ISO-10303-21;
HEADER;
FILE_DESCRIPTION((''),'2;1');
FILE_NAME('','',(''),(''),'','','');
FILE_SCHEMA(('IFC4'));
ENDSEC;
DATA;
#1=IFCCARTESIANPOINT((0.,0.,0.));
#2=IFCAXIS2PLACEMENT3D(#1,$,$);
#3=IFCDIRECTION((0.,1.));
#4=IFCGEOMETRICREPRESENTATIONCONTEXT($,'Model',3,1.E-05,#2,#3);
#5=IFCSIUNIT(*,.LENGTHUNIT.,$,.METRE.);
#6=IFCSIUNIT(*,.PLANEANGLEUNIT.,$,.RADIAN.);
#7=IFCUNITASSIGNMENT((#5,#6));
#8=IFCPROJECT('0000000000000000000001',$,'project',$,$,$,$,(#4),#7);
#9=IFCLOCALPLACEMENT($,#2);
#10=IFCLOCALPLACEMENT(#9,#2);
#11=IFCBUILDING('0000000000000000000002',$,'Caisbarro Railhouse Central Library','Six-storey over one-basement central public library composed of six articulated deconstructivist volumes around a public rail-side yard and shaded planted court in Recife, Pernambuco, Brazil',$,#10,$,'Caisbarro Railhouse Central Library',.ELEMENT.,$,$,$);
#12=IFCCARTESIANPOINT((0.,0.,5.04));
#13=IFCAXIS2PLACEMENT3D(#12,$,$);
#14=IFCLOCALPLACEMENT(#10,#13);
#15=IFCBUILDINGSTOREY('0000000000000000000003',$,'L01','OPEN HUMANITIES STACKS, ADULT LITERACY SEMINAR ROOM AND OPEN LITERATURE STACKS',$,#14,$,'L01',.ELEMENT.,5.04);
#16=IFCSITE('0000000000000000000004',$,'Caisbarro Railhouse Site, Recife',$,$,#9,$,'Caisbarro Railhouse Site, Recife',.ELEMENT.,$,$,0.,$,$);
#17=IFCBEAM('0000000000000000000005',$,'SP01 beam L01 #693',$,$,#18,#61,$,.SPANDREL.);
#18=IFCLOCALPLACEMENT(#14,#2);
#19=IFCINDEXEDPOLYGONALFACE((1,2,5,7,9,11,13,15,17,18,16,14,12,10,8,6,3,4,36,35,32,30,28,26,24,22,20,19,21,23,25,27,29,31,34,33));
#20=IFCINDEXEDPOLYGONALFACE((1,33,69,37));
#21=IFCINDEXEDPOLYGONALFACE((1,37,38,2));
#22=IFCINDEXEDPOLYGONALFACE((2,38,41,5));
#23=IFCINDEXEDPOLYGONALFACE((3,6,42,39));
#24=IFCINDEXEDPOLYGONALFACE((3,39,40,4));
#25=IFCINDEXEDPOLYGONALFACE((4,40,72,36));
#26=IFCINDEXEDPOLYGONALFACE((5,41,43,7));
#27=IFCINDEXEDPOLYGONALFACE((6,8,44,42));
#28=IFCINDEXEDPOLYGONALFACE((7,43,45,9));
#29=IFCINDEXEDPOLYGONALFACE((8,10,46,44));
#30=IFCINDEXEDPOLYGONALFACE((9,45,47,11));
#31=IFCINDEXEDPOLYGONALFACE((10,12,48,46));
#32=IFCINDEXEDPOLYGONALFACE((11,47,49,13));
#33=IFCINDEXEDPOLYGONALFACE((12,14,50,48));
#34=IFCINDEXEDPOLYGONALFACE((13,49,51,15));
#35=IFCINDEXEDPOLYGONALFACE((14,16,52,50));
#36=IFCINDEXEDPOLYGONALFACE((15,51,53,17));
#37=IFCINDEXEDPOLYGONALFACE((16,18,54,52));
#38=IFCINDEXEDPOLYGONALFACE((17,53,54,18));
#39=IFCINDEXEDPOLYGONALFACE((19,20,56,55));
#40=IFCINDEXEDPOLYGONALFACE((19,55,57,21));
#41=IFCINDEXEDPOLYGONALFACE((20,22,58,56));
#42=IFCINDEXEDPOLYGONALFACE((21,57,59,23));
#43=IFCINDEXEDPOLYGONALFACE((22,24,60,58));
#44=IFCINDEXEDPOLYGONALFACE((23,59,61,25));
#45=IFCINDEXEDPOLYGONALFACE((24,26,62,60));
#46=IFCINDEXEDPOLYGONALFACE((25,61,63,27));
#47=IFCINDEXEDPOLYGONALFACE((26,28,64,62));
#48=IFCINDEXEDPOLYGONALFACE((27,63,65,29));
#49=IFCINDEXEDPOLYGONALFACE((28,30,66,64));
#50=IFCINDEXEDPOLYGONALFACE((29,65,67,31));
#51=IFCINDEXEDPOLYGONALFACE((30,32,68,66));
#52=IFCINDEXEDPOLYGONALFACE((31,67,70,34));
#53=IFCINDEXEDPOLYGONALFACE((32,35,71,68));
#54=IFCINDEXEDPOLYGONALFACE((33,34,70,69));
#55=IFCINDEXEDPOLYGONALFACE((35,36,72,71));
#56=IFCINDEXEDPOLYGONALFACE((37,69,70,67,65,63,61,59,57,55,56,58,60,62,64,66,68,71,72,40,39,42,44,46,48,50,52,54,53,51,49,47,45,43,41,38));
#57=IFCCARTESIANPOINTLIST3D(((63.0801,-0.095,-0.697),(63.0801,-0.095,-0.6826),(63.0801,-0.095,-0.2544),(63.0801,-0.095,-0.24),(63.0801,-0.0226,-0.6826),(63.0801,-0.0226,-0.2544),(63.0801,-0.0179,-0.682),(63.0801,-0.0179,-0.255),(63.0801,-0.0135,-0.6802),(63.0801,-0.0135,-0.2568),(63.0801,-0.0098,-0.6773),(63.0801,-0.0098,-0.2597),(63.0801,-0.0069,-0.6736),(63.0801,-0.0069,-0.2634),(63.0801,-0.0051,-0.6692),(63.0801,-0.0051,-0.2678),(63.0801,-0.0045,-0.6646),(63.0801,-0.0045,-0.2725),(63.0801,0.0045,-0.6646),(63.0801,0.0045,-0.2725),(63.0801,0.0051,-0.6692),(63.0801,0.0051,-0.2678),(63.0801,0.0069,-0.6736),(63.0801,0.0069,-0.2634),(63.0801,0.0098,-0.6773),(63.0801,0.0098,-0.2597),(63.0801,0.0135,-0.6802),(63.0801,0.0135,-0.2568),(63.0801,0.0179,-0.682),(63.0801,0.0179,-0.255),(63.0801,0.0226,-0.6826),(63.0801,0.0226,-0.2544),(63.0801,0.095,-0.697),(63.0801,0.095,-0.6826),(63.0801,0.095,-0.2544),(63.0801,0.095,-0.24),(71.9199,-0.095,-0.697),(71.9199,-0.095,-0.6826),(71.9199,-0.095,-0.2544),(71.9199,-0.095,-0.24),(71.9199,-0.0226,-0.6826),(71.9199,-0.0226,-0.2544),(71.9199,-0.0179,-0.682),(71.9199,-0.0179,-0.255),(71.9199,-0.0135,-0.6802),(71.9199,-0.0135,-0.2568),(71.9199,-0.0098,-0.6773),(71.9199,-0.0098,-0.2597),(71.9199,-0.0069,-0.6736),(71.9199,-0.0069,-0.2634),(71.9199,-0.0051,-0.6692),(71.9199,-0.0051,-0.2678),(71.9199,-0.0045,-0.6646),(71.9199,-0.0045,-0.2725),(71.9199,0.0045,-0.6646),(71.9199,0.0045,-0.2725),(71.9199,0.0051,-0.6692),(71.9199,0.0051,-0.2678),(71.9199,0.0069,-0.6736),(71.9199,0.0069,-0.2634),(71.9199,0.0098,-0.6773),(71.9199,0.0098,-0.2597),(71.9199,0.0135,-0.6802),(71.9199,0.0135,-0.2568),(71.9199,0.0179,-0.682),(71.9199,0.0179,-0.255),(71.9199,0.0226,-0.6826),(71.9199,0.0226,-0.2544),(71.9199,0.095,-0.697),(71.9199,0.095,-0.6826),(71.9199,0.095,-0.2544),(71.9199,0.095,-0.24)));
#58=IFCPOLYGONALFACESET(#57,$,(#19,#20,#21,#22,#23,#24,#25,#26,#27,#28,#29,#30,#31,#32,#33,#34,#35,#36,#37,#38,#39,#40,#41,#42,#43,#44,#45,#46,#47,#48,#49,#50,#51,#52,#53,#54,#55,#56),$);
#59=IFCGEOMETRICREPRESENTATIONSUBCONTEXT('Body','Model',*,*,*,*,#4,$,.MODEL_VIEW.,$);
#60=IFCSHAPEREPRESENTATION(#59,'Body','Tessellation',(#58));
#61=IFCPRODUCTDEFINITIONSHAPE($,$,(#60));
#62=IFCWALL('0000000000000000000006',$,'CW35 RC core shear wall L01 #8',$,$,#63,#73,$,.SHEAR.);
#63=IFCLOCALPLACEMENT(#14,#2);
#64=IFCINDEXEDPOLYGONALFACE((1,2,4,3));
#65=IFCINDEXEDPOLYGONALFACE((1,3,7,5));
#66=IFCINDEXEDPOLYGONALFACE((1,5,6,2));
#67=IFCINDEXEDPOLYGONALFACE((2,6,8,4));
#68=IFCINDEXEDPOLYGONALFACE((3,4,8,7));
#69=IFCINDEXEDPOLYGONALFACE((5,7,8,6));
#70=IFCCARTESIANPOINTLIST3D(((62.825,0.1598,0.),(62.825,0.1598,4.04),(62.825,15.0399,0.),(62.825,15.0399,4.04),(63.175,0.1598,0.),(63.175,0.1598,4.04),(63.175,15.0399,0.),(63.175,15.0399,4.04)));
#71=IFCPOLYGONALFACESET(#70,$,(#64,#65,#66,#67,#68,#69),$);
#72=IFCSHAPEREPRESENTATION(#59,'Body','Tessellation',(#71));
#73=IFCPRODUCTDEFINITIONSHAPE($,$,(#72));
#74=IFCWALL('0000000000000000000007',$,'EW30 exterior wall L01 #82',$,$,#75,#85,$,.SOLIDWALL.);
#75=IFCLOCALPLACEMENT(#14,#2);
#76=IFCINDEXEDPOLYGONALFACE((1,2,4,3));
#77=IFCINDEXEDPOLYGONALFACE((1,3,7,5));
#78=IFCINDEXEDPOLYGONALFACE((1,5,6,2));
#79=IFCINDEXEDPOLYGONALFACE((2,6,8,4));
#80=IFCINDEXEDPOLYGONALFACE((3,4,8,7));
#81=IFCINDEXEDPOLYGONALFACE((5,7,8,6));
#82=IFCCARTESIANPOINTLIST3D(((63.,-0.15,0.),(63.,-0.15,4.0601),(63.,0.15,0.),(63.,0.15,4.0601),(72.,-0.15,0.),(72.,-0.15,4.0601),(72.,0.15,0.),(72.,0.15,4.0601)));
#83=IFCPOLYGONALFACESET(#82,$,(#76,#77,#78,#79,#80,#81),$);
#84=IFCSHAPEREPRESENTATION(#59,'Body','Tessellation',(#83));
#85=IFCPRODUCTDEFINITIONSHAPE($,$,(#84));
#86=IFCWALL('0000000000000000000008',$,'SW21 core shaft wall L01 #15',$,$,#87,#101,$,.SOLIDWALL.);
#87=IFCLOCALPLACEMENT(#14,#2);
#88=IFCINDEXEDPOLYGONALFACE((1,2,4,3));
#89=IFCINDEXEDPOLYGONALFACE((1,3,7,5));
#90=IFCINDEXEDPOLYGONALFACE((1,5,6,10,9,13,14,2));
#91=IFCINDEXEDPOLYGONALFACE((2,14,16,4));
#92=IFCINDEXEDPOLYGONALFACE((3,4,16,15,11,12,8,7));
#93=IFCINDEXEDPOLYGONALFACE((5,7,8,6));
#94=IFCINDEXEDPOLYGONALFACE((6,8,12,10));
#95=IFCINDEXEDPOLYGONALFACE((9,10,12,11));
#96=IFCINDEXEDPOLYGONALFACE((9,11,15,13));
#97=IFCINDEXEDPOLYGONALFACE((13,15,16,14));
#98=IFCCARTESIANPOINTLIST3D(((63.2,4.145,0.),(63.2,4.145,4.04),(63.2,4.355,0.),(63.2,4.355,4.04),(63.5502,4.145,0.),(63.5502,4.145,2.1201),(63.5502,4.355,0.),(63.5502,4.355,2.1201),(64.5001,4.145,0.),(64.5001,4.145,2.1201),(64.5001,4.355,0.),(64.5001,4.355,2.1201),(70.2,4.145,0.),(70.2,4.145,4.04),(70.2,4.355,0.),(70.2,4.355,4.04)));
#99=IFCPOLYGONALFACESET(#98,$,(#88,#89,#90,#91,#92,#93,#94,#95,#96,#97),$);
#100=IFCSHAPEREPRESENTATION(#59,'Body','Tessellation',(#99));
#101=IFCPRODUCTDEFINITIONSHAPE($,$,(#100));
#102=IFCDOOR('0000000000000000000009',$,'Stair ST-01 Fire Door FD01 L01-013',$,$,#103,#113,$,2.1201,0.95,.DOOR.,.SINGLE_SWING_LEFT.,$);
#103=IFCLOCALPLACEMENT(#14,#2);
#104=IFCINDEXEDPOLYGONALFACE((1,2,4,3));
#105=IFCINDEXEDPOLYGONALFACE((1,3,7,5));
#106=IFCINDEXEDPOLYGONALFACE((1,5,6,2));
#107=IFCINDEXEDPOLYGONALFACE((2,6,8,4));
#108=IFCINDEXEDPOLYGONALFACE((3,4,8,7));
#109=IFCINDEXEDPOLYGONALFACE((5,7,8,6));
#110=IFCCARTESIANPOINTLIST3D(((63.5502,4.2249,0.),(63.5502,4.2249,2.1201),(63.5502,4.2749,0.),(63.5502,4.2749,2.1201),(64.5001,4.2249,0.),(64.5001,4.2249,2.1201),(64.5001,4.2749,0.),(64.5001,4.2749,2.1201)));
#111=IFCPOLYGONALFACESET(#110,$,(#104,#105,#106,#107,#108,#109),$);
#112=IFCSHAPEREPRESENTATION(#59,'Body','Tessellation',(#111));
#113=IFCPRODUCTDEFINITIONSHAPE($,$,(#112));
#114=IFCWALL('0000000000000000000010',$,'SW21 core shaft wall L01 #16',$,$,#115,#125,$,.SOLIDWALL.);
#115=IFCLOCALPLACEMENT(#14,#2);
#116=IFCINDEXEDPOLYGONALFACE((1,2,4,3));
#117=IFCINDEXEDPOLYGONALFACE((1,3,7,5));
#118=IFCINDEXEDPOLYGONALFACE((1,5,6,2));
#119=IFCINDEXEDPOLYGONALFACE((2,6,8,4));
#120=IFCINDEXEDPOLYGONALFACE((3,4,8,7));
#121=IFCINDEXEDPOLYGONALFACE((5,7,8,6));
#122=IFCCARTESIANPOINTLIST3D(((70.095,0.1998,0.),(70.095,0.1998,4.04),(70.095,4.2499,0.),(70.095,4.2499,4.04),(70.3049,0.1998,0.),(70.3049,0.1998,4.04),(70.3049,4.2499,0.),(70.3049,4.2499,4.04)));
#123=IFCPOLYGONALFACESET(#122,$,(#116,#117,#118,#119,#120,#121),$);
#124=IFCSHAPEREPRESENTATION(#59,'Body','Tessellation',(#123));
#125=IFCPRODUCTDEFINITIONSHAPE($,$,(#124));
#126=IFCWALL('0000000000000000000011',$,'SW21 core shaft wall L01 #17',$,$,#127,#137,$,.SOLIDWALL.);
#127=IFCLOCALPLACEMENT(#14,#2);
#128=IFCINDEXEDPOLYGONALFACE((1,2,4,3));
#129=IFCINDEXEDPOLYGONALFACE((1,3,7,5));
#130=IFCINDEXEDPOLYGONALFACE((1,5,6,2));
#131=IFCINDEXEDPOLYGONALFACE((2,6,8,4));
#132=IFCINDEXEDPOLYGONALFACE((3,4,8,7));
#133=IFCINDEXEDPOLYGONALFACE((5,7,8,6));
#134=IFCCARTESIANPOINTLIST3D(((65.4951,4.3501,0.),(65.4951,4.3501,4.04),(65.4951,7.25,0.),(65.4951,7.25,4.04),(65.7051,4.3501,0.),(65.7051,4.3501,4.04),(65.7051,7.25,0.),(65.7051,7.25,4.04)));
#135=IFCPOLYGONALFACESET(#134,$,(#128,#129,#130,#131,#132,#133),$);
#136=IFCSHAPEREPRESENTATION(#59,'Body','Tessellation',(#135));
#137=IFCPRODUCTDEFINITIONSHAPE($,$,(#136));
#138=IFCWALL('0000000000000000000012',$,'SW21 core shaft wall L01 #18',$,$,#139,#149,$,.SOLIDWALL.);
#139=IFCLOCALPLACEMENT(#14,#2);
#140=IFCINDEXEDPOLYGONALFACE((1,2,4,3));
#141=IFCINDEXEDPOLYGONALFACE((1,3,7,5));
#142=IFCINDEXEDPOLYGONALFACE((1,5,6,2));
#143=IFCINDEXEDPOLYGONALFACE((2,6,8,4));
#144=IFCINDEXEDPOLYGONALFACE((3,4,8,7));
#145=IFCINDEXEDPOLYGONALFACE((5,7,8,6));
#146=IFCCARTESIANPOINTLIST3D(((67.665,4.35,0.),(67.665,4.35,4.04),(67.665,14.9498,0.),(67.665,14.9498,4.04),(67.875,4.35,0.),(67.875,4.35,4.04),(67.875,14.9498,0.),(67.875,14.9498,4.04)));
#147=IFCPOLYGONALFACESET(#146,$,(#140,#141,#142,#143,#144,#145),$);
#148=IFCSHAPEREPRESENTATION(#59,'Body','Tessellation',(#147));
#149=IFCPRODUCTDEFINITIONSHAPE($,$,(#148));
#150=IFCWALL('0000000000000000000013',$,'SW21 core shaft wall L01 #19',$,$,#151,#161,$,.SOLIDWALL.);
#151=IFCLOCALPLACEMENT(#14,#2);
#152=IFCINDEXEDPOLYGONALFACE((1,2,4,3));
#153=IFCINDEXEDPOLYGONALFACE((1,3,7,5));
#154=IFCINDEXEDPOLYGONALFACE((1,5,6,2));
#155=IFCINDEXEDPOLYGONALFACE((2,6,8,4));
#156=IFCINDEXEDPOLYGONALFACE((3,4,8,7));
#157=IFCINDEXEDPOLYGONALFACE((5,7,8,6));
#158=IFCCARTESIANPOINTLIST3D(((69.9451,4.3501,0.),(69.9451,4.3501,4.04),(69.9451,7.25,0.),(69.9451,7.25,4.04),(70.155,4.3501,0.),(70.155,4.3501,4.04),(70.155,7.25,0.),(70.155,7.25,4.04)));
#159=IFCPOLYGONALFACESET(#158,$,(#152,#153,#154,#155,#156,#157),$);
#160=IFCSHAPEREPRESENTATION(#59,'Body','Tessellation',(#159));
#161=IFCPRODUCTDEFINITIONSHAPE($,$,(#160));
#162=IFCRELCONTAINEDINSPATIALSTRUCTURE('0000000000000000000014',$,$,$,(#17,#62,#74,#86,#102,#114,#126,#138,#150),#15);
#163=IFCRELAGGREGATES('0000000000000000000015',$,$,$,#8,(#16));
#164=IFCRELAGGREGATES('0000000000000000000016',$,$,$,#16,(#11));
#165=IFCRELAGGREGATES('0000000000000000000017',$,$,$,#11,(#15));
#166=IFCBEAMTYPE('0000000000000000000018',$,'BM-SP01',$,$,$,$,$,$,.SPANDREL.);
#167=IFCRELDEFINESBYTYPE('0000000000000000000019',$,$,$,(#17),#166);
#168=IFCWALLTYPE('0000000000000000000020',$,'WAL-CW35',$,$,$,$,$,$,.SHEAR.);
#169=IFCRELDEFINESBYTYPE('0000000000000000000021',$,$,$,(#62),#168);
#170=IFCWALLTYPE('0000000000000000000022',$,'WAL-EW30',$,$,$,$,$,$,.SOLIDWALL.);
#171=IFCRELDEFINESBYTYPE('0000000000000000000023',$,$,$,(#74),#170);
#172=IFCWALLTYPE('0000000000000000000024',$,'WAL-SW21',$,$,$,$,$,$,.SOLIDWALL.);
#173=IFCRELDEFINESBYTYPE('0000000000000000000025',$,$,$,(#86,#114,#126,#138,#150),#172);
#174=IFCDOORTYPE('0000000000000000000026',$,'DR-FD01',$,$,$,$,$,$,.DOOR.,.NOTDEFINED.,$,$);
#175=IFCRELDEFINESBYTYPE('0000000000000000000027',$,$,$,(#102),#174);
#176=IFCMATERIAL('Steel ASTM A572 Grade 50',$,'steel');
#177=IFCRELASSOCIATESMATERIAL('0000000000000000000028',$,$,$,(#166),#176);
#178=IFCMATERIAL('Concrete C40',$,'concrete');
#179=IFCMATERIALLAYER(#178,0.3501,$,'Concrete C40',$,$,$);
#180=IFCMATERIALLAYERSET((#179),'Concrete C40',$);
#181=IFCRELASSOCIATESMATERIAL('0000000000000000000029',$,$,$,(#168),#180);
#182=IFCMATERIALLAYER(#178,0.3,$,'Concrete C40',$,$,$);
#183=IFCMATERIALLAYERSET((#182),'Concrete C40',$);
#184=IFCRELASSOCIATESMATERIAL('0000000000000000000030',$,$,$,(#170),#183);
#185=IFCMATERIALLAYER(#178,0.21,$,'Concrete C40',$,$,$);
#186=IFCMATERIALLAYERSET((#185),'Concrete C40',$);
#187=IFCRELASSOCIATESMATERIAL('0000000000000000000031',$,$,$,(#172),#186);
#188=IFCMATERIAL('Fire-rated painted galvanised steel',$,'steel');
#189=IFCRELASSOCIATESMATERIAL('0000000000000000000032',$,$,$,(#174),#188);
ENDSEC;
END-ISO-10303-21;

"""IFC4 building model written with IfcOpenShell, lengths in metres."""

from ifc_helpers import new_model, si_unit, direction, frame, frame_2d, origin, origin_2d, place, context, subcontext, project, spatial, rectangle, i_section, extrude, material, layer, layer_set, material_profile, profile_set, type_object, element, fill, save


model = new_model("IFC4")

# Units and contexts
model_context = context("Model", 3, precision=1e-05, world=origin(), true_north=direction((0.0, 1.0)))
body_context = subcontext(model_context, "Body", "Model", "MODEL_VIEW")
ifc_project = project(units=[si_unit("LENGTHUNIT", "METRE"), si_unit("PLANEANGLEUNIT", "RADIAN")], contexts=[model_context])

# Site, building, storey
site_placement = place(None, origin())
site = spatial("IfcSite", under=ifc_project, at=site_placement, Name="Caisbarro Railhouse Site, Recife", LongName="Caisbarro Railhouse Site, Recife", CompositionType="ELEMENT", RefElevation=0.0)
building_placement = place(site_placement, origin())
building = spatial("IfcBuilding", under=site, at=building_placement, Name="Caisbarro Railhouse Central Library", Description="Six-storey over one-basement central public library composed of six articulated deconstructivist volumes around a public rail-side yard and shaded planted court in Recife, Pernambuco, Brazil", LongName="Caisbarro Railhouse Central Library", CompositionType="ELEMENT")
storey_placement = place(building_placement, frame((0.0, 0.0, 5.04)))
storey = spatial("IfcBuildingStorey", under=building, at=storey_placement, Name="L01", Description="OPEN HUMANITIES STACKS, ADULT LITERACY SEMINAR ROOM AND OPEN LITERATURE STACKS", LongName="L01", CompositionType="ELEMENT", Elevation=5.04)

# Shared definitions
ifc_material_1 = material(Name="Steel ASTM A572 Grade 50", Category="steel")

# Beam
ifc_material_profile_1 = material_profile(ifc_material_1, i_section(OverallWidth=0.1899, OverallDepth=0.457, WebThickness=0.009, FlangeThickness=0.0144, FilletRadius=0.0181, at=origin_2d()), Name="W460X74.0")
ifc_profile_set_1 = profile_set([ifc_material_profile_1], Name="Steel ASTM A572 Grade 50")
beam_type_1 = type_object("IfcBeamType", Name="BM-SP01", PredefinedType="SPANDREL", material=ifc_profile_set_1)
for number, where, z_axis, x_axis, name in (
    (1, (63.0801, 0.0, -0.4685), (1.0, 0.0, 0.0), (0.0, 1.0, 0.0), "SP01 beam L01 #693"),
):
    element("IfcBeam", number, at=place(storey_placement, frame(where, z_axis=z_axis, x_axis=x_axis)), inside=storey, type_object=beam_type_1, Name=name, PredefinedType="SPANDREL", context=body_context, shape_type="SweptSolid", body=[
        extrude(i_section(OverallWidth=0.1899, OverallDepth=0.457, WebThickness=0.009, FlangeThickness=0.0144, FilletRadius=0.0181, at=origin_2d()), origin(), (0.0, 0.0, 1.0), 8.8398),
    ])

# Walls
ifc_material_2 = material(Name="Concrete C40", Category="concrete")
ifc_layer_1 = layer(ifc_material_2, 0.3501, Name="Concrete C40")
ifc_layer_set_1 = layer_set([ifc_layer_1], Name="Concrete C40")
wall_type_1 = type_object("IfcWallType", Name="WAL-CW35", PredefinedType="SHEAR", material=ifc_layer_set_1)
wall_1_placement = place(storey_placement, frame((63.0, 0.1599, 0.0), z_axis=(0.0, 0.0, 1.0), x_axis=(0.0, 1.0, 0.0)))
element("IfcWall", 2, at=wall_1_placement, inside=storey, type_object=wall_type_1, Name="CW35 RC core shear wall L01 #8", PredefinedType="SHEAR", context=body_context, shape_type="SweptSolid", body=[
    extrude(rectangle(XDim=14.8801, YDim=0.3501, at=frame_2d((7.4399, 0.0))), origin(), (0.0, 0.0, 1.0), 4.04),
])
ifc_layer_2 = layer(ifc_material_2, 0.3, Name="Concrete C40")
ifc_layer_set_2 = layer_set([ifc_layer_2], Name="Concrete C40")
wall_type_2 = type_object("IfcWallType", Name="WAL-EW30", PredefinedType="SOLIDWALL", material=ifc_layer_set_2)
wall_2_placement = place(storey_placement, frame((63.0, 0.0, 0.0), z_axis=(0.0, 0.0, 1.0), x_axis=(1.0, 0.0, 0.0)))
element("IfcWall", 3, at=wall_2_placement, inside=storey, type_object=wall_type_2, Name="EW30 exterior wall L01 #82", PredefinedType="SOLIDWALL", context=body_context, shape_type="SweptSolid", body=[
    extrude(rectangle(XDim=9.0, YDim=0.3, at=frame_2d((4.5, 0.0))), origin(), (0.0, 0.0, 1.0), 4.0601),
])

# Wall, opening, door
ifc_layer_3 = layer(ifc_material_2, 0.21, Name="Concrete C40")
ifc_layer_set_3 = layer_set([ifc_layer_3], Name="Concrete C40")
wall_type_3 = type_object("IfcWallType", Name="WAL-SW21", PredefinedType="SOLIDWALL", material=ifc_layer_set_3)
wall_3_placement = place(storey_placement, frame((63.2, 4.25, 0.0), z_axis=(0.0, 0.0, 1.0), x_axis=(1.0, 0.0, 0.0)))
wall_3 = element("IfcWall", 4, at=wall_3_placement, inside=storey, type_object=wall_type_3, Name="SW21 core shaft wall L01 #15", PredefinedType="SOLIDWALL", context=body_context, shape_type="SweptSolid", body=[
    extrude(rectangle(XDim=7.0, YDim=0.21, at=frame_2d((3.5, 0.0))), origin(), (0.0, 0.0, 1.0), 4.04),
])
opening_1_placement = place(wall_3_placement, frame((0.3501, 0.0, 0.0)))
opening_1 = element("IfcOpeningElement", 5, at=opening_1_placement, cuts=wall_3, PredefinedType="OPENING", context=body_context, shape_type="SweptSolid", body=[
    extrude(rectangle(XDim=0.95, YDim=2.1201, at=frame_2d((0.4751, 1.0601))), frame((0.0, 0.115, 0.0), z_axis=(0.0, -1.0, 0.0), x_axis=(1.0, 0.0, 0.0)), (0.0, 0.0, 1.0), 0.23),
])
ifc_material_3 = material(Name="Fire-rated painted galvanised steel", Category="steel")
door_type_1 = type_object("IfcDoorType", Name="DR-FD01", OperationType="NOTDEFINED", PredefinedType="DOOR", material=ifc_material_3)
door_1_placement = place(opening_1_placement, origin())
door_1 = element("IfcDoor", 6, at=door_1_placement, inside=storey, type_object=door_type_1, Name="Stair ST-01 Fire Door FD01 L01-013", OperationType="SINGLE_SWING_LEFT", OverallHeight=2.1201, OverallWidth=0.95, PredefinedType="DOOR", context=body_context, shape_type="SweptSolid", body=[
    extrude(rectangle(XDim=0.95, YDim=2.1201, at=frame_2d((0.4751, 1.0601))), frame((0.0, 0.0249, 0.0), z_axis=(0.0, -1.0, 0.0), x_axis=(1.0, 0.0, 0.0)), (0.0, 0.0, 1.0), 0.05),
])
fill(opening_1, door_1)

# Walls
wall_4_placement = place(storey_placement, frame((70.2, 0.2, 0.0), z_axis=(0.0, 0.0, 1.0), x_axis=(0.0, 1.0, 0.0)))
element("IfcWall", 7, at=wall_4_placement, inside=storey, type_object=wall_type_3, Name="SW21 core shaft wall L01 #16", PredefinedType="SOLIDWALL", context=body_context, shape_type="SweptSolid", body=[
    extrude(rectangle(XDim=4.05, YDim=0.21, at=frame_2d((2.0249, 0.0))), origin(), (0.0, 0.0, 1.0), 4.04),
])
wall_5_placement = place(storey_placement, frame((65.6001, 4.3501, 0.0), z_axis=(0.0, 0.0, 1.0), x_axis=(0.0, 1.0, 0.0)))
element("IfcWall", 8, at=wall_5_placement, inside=storey, type_object=wall_type_3, Name="SW21 core shaft wall L01 #17", PredefinedType="SOLIDWALL", context=body_context, shape_type="SweptSolid", body=[
    extrude(rectangle(XDim=2.8999, YDim=0.21, at=frame_2d((1.45, 0.0))), origin(), (0.0, 0.0, 1.0), 4.04),
])
wall_6_placement = place(storey_placement, frame((67.77, 4.3501, 0.0), z_axis=(0.0, 0.0, 1.0), x_axis=(0.0, 1.0, 0.0)))
element("IfcWall", 9, at=wall_6_placement, inside=storey, type_object=wall_type_3, Name="SW21 core shaft wall L01 #18", PredefinedType="SOLIDWALL", context=body_context, shape_type="SweptSolid", body=[
    extrude(rectangle(XDim=10.5999, YDim=0.21, at=frame_2d((5.2998, 0.0))), origin(), (0.0, 0.0, 1.0), 4.04),
])
wall_7_placement = place(storey_placement, frame((70.05, 4.3501, 0.0), z_axis=(0.0, 0.0, 1.0), x_axis=(0.0, 1.0, 0.0)))
element("IfcWall", 10, at=wall_7_placement, inside=storey, type_object=wall_type_3, Name="SW21 core shaft wall L01 #19", PredefinedType="SOLIDWALL", context=body_context, shape_type="SweptSolid", body=[
    extrude(rectangle(XDim=2.8999, YDim=0.21, at=frame_2d((1.45, 0.0))), origin(), (0.0, 0.0, 1.0), 4.04),
])

save(model, "model.ifc")
